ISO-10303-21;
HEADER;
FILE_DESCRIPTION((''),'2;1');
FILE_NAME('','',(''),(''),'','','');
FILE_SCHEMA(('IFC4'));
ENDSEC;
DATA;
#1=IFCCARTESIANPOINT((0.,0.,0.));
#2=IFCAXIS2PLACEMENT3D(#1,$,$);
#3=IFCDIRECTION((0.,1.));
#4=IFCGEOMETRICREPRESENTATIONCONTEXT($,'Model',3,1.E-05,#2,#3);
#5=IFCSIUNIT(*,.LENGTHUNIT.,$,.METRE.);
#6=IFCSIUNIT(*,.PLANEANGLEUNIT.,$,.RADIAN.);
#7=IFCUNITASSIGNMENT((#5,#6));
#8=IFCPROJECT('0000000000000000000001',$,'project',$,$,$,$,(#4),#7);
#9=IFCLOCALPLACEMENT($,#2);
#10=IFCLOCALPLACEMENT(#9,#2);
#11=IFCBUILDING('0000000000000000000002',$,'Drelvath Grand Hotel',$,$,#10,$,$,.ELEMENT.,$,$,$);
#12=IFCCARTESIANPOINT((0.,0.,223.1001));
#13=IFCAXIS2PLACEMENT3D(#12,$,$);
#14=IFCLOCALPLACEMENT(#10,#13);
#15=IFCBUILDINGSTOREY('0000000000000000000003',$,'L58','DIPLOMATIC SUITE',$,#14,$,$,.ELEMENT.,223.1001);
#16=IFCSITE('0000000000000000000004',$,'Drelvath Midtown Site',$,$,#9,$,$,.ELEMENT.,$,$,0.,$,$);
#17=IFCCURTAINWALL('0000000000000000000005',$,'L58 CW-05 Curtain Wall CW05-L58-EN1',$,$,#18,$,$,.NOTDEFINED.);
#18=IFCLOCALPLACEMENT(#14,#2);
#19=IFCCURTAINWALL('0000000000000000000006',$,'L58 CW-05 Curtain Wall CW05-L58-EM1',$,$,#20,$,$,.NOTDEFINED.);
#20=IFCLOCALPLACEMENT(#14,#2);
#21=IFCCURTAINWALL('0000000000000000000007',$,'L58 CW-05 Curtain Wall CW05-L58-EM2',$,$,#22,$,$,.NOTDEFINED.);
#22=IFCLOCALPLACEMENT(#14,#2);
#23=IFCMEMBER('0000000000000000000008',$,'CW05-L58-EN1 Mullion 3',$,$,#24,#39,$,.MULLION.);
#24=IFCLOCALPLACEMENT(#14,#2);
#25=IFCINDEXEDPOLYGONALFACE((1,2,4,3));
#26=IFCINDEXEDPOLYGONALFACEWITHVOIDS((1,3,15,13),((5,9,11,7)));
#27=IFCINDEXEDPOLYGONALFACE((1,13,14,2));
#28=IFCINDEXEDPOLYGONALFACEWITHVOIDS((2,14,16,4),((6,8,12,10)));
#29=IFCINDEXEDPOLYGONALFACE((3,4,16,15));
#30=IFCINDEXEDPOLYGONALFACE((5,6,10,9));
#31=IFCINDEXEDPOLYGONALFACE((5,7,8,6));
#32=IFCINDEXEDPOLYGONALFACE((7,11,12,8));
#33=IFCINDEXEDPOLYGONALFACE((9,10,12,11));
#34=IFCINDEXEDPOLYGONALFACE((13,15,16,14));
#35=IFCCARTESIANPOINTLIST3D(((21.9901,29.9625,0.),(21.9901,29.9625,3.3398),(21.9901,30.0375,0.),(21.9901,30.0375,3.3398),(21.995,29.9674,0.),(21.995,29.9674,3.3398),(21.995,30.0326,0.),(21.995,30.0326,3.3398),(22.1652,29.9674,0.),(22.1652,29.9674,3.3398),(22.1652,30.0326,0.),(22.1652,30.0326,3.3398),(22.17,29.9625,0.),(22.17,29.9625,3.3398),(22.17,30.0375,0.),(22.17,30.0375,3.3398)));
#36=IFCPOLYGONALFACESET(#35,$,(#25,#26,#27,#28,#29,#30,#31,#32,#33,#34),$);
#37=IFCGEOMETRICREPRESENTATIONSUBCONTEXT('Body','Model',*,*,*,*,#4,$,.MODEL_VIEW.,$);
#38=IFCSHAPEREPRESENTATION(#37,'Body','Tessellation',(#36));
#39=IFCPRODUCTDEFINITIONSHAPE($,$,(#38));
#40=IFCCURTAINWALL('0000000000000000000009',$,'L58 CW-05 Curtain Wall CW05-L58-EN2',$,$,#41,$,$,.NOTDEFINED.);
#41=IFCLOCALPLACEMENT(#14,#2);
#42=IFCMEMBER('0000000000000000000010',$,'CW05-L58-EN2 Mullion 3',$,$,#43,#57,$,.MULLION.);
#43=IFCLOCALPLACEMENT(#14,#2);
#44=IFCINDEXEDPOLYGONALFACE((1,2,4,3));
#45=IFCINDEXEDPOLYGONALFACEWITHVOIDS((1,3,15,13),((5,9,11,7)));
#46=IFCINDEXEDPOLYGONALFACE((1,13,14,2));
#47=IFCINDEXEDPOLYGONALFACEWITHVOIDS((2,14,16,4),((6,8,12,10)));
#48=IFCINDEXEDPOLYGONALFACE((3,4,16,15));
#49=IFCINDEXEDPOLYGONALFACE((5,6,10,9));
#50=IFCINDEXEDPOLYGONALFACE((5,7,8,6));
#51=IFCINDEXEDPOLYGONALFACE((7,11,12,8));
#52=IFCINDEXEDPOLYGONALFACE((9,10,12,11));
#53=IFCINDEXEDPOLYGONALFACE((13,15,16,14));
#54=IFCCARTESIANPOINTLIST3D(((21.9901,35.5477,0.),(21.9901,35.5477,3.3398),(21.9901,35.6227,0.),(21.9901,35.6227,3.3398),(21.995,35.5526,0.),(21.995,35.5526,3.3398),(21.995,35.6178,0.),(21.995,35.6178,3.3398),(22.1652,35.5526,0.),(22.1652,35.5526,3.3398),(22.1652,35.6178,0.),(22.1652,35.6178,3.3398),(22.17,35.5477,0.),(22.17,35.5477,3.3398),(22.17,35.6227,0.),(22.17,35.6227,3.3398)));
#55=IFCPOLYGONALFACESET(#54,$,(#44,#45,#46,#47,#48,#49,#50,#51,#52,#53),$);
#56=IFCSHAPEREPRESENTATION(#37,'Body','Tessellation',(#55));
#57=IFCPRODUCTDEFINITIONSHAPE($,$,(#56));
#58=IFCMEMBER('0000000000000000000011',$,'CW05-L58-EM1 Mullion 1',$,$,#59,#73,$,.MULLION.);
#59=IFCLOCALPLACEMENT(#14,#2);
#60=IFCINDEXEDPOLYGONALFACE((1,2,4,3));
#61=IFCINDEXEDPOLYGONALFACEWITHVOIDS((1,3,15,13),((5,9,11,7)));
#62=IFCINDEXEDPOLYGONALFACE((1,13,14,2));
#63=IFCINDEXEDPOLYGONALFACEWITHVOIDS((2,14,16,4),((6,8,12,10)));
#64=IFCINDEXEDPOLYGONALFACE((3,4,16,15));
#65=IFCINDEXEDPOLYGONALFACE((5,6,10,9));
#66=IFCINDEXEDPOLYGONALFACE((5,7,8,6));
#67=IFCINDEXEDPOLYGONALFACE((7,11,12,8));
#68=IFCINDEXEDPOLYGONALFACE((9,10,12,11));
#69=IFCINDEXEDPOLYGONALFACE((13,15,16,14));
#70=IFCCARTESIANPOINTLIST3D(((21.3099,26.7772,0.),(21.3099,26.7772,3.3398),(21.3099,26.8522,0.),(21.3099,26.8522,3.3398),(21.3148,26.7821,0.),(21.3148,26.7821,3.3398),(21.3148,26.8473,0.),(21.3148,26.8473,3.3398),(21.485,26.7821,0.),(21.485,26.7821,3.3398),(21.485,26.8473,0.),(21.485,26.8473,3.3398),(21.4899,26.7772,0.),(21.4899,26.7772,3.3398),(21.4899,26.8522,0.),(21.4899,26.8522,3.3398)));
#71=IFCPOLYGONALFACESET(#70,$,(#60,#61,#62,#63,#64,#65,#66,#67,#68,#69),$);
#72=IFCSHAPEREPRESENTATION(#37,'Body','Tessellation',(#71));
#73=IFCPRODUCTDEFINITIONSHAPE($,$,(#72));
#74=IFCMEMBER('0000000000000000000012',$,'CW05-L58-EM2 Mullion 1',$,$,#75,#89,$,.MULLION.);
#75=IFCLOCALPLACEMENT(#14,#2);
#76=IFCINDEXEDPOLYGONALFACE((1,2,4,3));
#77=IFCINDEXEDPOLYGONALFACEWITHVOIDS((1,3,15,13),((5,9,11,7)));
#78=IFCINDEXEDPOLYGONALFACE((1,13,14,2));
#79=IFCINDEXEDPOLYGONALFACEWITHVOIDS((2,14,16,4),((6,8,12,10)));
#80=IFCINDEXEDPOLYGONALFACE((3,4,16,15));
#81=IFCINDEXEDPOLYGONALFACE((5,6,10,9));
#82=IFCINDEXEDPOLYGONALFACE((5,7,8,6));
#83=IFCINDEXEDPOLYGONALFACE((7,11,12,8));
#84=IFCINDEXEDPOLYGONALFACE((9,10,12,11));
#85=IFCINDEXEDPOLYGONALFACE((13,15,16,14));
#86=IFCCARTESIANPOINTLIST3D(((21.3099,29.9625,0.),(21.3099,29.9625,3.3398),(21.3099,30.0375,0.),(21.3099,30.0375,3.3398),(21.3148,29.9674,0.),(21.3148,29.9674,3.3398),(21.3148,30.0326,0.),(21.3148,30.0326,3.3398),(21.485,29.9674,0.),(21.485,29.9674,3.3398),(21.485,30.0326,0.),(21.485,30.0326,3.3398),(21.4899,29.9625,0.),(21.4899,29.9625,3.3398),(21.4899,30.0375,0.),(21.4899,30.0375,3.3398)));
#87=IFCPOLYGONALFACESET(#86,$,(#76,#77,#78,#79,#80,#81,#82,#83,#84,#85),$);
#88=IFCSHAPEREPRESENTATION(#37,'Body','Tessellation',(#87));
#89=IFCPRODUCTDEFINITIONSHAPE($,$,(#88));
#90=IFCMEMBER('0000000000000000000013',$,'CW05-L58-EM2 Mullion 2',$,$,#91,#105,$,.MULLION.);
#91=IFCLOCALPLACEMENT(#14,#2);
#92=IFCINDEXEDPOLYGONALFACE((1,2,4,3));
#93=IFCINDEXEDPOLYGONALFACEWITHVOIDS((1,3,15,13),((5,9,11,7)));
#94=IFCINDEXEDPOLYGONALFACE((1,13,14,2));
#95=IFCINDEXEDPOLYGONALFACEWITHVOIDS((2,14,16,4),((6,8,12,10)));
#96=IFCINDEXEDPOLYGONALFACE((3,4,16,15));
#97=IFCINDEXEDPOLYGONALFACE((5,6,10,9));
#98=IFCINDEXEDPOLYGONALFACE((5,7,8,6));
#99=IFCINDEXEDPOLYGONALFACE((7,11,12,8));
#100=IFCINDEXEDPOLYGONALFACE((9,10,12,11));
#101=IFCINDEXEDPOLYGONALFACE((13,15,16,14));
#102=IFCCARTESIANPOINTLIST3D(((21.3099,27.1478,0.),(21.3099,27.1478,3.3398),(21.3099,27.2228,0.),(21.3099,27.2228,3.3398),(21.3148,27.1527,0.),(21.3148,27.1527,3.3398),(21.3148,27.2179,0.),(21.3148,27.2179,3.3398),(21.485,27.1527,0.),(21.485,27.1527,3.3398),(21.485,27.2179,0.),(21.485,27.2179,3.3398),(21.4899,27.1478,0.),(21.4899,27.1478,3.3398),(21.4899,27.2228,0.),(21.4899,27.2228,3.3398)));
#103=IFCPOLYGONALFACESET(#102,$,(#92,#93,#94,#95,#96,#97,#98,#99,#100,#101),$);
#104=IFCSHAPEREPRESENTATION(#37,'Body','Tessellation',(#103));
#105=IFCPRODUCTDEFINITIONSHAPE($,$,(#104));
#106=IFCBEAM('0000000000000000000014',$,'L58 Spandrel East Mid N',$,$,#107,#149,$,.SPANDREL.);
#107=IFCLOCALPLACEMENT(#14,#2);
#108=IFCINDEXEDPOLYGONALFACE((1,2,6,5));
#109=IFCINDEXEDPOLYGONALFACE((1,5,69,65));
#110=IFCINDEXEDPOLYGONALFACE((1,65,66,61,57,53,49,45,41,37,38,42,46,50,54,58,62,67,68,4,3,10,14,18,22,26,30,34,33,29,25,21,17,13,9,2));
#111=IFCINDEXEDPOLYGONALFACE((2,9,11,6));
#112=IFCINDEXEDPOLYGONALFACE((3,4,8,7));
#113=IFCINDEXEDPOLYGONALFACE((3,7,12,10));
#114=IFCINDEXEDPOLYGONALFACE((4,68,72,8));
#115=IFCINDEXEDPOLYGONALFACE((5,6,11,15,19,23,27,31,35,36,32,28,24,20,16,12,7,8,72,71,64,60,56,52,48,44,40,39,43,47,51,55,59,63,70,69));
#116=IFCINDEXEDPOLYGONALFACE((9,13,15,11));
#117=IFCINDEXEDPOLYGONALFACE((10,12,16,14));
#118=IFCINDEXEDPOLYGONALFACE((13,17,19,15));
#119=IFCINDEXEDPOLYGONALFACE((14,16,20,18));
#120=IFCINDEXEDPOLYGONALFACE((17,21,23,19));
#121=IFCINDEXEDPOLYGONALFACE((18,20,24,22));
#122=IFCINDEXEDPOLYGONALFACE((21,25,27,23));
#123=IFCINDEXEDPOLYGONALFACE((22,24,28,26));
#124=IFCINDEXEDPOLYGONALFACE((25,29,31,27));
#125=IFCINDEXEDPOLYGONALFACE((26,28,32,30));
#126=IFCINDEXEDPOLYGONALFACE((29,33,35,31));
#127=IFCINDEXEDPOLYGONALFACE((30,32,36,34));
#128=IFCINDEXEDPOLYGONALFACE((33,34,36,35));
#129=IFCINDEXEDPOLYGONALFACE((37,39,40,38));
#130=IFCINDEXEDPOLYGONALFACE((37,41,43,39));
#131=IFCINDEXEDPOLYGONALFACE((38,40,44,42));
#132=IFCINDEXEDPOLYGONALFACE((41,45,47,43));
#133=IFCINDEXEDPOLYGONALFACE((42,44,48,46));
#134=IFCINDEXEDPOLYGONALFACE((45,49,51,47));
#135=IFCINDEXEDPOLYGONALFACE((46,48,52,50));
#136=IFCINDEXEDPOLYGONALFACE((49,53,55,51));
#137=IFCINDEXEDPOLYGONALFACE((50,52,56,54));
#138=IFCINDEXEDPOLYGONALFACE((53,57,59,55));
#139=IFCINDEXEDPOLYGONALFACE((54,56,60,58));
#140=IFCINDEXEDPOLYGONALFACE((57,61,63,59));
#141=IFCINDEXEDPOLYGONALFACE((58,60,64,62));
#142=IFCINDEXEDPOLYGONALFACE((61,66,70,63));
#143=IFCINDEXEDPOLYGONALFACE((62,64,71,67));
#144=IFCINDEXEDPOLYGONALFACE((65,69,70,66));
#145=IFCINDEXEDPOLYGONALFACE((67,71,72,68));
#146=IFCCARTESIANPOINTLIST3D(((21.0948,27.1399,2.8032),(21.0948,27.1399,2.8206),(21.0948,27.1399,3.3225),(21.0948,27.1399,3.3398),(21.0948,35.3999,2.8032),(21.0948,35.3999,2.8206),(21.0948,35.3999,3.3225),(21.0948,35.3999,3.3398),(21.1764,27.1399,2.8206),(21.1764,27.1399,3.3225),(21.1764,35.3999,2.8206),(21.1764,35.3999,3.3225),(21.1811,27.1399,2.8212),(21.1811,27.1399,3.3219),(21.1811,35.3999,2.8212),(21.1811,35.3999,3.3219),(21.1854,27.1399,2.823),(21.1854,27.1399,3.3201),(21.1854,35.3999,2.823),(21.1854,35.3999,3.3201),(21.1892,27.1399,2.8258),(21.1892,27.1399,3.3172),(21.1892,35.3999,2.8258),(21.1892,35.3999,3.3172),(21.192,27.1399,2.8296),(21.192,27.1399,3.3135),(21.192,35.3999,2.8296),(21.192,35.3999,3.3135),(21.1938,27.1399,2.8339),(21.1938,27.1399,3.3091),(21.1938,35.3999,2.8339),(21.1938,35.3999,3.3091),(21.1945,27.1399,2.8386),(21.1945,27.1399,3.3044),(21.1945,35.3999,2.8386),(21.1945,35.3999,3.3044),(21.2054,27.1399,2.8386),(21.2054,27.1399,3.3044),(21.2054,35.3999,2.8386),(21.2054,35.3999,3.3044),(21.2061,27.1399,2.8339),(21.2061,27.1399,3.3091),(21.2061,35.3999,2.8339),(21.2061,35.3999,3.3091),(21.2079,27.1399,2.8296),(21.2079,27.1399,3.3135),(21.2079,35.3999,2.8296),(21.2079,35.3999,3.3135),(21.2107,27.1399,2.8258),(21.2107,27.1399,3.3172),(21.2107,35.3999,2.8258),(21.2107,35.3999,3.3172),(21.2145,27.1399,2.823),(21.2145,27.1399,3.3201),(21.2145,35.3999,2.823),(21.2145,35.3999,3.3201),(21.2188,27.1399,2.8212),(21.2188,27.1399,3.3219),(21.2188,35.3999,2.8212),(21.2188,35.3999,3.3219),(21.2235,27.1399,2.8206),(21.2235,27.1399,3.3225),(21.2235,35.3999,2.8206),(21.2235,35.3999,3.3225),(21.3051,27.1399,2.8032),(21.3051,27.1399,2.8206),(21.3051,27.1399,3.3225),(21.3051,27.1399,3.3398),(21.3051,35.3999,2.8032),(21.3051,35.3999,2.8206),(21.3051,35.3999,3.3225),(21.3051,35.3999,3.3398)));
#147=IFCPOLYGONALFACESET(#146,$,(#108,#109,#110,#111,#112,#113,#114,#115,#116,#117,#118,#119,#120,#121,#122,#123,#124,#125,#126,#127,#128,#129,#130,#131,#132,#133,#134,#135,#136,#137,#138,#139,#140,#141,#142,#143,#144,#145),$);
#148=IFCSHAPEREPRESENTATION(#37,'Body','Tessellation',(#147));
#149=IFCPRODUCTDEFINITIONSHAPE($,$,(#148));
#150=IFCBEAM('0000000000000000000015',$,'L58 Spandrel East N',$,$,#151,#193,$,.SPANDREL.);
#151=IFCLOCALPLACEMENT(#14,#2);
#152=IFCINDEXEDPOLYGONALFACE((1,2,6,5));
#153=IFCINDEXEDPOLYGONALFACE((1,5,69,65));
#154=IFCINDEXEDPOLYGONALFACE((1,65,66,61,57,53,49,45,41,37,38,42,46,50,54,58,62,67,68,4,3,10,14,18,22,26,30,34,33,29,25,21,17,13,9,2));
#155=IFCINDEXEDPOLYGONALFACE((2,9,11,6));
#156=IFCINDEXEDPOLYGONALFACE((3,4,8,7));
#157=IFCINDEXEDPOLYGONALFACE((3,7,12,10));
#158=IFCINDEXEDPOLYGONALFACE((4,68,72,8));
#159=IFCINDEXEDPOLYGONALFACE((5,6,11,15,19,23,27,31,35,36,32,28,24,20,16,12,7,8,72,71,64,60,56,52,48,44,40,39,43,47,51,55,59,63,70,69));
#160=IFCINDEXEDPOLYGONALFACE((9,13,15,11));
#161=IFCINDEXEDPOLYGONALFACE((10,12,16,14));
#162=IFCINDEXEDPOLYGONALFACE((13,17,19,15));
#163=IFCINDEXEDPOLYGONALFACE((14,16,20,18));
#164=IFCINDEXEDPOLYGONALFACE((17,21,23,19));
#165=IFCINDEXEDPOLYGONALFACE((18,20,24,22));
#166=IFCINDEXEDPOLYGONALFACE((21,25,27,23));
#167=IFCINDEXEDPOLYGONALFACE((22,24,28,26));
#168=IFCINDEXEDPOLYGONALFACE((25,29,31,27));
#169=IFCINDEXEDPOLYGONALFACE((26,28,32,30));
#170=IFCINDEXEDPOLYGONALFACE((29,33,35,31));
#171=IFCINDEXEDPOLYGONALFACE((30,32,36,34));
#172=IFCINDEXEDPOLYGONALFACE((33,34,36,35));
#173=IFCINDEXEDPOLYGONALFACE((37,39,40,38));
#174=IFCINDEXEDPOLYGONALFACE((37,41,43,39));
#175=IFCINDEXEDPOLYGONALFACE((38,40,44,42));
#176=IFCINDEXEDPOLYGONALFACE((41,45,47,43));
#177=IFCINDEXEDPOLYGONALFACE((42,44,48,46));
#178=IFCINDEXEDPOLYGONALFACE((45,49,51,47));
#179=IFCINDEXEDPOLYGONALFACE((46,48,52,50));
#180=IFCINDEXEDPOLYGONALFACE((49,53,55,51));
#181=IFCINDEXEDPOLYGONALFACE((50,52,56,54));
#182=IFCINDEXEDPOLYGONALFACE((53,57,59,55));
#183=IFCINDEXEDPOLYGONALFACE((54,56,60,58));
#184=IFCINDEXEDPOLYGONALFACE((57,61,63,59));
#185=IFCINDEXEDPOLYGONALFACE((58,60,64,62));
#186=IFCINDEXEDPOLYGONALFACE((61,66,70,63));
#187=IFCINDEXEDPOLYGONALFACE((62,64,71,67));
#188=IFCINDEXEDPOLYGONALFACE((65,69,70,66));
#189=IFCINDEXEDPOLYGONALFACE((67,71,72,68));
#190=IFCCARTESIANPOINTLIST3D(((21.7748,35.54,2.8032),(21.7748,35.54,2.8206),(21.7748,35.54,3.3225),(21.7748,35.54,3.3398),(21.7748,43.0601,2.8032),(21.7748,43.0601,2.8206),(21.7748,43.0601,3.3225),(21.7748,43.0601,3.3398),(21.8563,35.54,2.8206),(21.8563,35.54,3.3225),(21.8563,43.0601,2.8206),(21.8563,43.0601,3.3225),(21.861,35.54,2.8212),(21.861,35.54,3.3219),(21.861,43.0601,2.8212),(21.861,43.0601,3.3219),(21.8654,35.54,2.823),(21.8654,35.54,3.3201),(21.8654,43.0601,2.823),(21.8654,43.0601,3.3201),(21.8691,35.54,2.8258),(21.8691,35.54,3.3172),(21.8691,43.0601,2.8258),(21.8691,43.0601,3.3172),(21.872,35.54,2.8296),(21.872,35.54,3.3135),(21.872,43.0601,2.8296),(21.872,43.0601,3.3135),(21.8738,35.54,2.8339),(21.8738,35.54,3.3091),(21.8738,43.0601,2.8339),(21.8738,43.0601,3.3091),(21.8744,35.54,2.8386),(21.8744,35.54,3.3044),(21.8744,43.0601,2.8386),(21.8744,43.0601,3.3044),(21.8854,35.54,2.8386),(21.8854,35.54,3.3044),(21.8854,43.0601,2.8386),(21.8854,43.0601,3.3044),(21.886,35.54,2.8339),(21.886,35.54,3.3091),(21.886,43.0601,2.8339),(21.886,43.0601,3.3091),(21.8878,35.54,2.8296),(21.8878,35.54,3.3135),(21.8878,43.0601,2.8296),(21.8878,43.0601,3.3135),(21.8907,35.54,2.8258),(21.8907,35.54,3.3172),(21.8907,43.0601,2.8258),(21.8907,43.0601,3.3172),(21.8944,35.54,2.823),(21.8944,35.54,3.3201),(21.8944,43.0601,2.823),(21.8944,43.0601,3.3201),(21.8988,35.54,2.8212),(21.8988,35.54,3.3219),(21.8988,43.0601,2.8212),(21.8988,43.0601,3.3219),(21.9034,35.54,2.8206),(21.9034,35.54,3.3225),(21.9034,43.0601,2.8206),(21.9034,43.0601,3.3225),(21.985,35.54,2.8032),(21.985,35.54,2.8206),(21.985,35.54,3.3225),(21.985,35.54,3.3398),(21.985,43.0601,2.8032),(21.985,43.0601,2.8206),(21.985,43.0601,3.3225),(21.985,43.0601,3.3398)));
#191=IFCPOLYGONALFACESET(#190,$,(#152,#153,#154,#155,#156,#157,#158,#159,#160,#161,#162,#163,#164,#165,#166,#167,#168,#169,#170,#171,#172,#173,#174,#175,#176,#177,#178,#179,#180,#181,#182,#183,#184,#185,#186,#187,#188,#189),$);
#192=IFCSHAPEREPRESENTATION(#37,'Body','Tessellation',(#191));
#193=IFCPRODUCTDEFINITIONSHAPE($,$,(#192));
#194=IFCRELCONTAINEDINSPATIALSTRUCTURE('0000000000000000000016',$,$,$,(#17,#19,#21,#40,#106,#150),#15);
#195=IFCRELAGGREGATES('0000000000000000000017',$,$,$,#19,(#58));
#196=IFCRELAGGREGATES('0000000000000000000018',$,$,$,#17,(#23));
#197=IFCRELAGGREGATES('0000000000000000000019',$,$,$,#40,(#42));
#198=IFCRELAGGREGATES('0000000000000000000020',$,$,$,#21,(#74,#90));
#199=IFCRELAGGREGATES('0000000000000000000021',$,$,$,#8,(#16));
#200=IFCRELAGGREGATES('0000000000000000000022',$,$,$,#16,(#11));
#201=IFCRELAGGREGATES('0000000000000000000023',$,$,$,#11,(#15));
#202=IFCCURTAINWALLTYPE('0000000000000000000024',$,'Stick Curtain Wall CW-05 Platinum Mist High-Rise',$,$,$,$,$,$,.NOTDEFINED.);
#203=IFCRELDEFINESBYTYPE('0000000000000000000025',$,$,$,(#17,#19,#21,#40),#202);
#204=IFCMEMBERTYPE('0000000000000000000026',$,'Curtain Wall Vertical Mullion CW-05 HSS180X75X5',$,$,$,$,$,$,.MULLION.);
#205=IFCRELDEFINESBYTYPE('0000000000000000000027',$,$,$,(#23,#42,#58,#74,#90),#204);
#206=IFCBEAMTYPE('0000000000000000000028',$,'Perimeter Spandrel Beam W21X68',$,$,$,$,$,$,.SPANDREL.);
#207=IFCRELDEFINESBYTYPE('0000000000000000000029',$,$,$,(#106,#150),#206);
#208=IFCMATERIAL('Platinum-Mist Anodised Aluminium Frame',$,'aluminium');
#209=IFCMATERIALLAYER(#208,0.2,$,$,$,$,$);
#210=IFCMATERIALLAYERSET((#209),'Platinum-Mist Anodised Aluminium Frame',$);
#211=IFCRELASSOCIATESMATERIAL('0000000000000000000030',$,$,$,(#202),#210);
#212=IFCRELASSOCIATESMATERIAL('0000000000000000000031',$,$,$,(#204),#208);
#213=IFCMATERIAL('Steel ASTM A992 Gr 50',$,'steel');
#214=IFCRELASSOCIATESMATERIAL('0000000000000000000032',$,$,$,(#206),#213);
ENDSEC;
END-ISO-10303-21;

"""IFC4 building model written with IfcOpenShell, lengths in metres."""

from ifc_helpers import new_model, si_unit, direction, frame, origin, origin_2d, place, context, subcontext, project, spatial, hollow_rectangle, i_section, extrude, material, layer, layer_set, material_profile, profile_set, type_object, element, aggregate, save


model = new_model("IFC4")

# Units and contexts
model_context = context("Model", 3, precision=1e-05, world=origin(), true_north=direction((0.0, 1.0)))
body_context = subcontext(model_context, "Body", "Model", "MODEL_VIEW")
ifc_project = project(units=[si_unit("LENGTHUNIT", "METRE"), si_unit("PLANEANGLEUNIT", "RADIAN")], contexts=[model_context])

# Site, building, storey
site_placement = place(None, origin())
site = spatial("IfcSite", under=ifc_project, at=site_placement, Name="Drelvath Midtown Site", CompositionType="ELEMENT", RefElevation=0.0)
building_placement = place(site_placement, origin())
building = spatial("IfcBuilding", under=site, at=building_placement, Name="Drelvath Grand Hotel", CompositionType="ELEMENT")
storey_placement = place(building_placement, frame((0.0, 0.0, 223.1001)))
storey = spatial("IfcBuildingStorey", under=building, at=storey_placement, Name="L58", Description="DIPLOMATIC SUITE", CompositionType="ELEMENT", Elevation=223.1001)

# Curtain walls
ifc_material_1 = material(Name="Platinum-Mist Anodised Aluminium Frame", Category="aluminium")
ifc_layer_1 = layer(ifc_material_1, 0.2)
ifc_layer_set_1 = layer_set([ifc_layer_1], Name="Platinum-Mist Anodised Aluminium Frame")
curtain_wall_type = type_object("IfcCurtainWallType", Name="Stick Curtain Wall CW-05 Platinum Mist High-Rise", PredefinedType="NOTDEFINED", material=ifc_layer_set_1)
curtain_wall_1_placement = place(storey_placement, origin())
curtain_wall_1 = element("IfcCurtainWall", 1, at=curtain_wall_1_placement, inside=storey, type_object=curtain_wall_type, Name="L58 CW-05 Curtain Wall CW05-L58-EN1", PredefinedType="NOTDEFINED")
curtain_wall_2_placement = place(storey_placement, origin())
curtain_wall_2 = element("IfcCurtainWall", 2, at=curtain_wall_2_placement, inside=storey, type_object=curtain_wall_type, Name="L58 CW-05 Curtain Wall CW05-L58-EM1", PredefinedType="NOTDEFINED")
curtain_wall_3_placement = place(storey_placement, origin())
curtain_wall_3 = element("IfcCurtainWall", 3, at=curtain_wall_3_placement, inside=storey, type_object=curtain_wall_type, Name="L58 CW-05 Curtain Wall CW05-L58-EM2", PredefinedType="NOTDEFINED")

# Member
ifc_material_profile_1 = material_profile(ifc_material_1, hollow_rectangle(XDim=0.075, YDim=0.1799, WallThickness=0.0049, at=origin_2d()), Name="HSS180X75X5")
ifc_profile_set_1 = profile_set([ifc_material_profile_1], Name="Platinum-Mist Anodised Aluminium Frame")
member_type_1 = type_object("IfcMemberType", Name="Curtain Wall Vertical Mullion CW-05 HSS180X75X5", PredefinedType="MULLION", material=ifc_profile_set_1)
member_1_placement = place(storey_placement, frame((22.0801, 30.0, 0.0), z_axis=(0.0, 0.0, 1.0), x_axis=(0.0, 1.0, 0.0)))
member_1 = element("IfcMember", 4, at=member_1_placement, type_object=member_type_1, Name="CW05-L58-EN1 Mullion 3", PredefinedType="MULLION", context=body_context, shape_type="SweptSolid", body=[
    extrude(hollow_rectangle(XDim=0.075, YDim=0.1799, WallThickness=0.0049, at=origin_2d()), origin(), (0.0, 0.0, 1.0), 3.3398),
])

# Curtain wall, member
curtain_wall_4_placement = place(storey_placement, origin())
curtain_wall_4 = element("IfcCurtainWall", 5, at=curtain_wall_4_placement, inside=storey, type_object=curtain_wall_type, Name="L58 CW-05 Curtain Wall CW05-L58-EN2", PredefinedType="NOTDEFINED")
member_2_placement = place(storey_placement, frame((22.0801, 35.5852, 0.0), z_axis=(0.0, 0.0, 1.0), x_axis=(0.0, 1.0, 0.0)))
member_2 = element("IfcMember", 6, at=member_2_placement, type_object=member_type_1, Name="CW05-L58-EN2 Mullion 3", PredefinedType="MULLION", context=body_context, shape_type="SweptSolid", body=[
    extrude(hollow_rectangle(XDim=0.075, YDim=0.1799, WallThickness=0.0049, at=origin_2d()), origin(), (0.0, 0.0, 1.0), 3.3398),
])

# Members
member_3_placement = place(storey_placement, frame((21.3999, 26.8147, 0.0), z_axis=(0.0, 0.0, 1.0), x_axis=(0.0, 1.0, 0.0)))
member_3 = element("IfcMember", 7, at=member_3_placement, type_object=member_type_1, Name="CW05-L58-EM1 Mullion 1", PredefinedType="MULLION", context=body_context, shape_type="SweptSolid", body=[
    extrude(hollow_rectangle(XDim=0.075, YDim=0.1799, WallThickness=0.0049, at=origin_2d()), origin(), (0.0, 0.0, 1.0), 3.3398),
])
aggregate(curtain_wall_2, [member_3])
member_4_placement = place(storey_placement, frame((21.3999, 30.0, 0.0), z_axis=(0.0, 0.0, 1.0), x_axis=(0.0, 1.0, 0.0)))
member_4 = element("IfcMember", 8, at=member_4_placement, type_object=member_type_1, Name="CW05-L58-EM2 Mullion 1", PredefinedType="MULLION", context=body_context, shape_type="SweptSolid", body=[
    extrude(hollow_rectangle(XDim=0.075, YDim=0.1799, WallThickness=0.0049, at=origin_2d()), origin(), (0.0, 0.0, 1.0), 3.3398),
])
member_5_placement = place(storey_placement, frame((21.3999, 27.1853, 0.0), z_axis=(0.0, 0.0, 1.0), x_axis=(0.0, 1.0, 0.0)))
member_5 = element("IfcMember", 9, at=member_5_placement, type_object=member_type_1, Name="CW05-L58-EM2 Mullion 2", PredefinedType="MULLION", context=body_context, shape_type="SweptSolid", body=[
    extrude(hollow_rectangle(XDim=0.075, YDim=0.1799, WallThickness=0.0049, at=origin_2d()), origin(), (0.0, 0.0, 1.0), 3.3398),
])

# Beams
ifc_material_2 = material(Name="Steel ASTM A992 Gr 50", Category="steel")
ifc_material_profile_2 = material_profile(ifc_material_2, i_section(OverallWidth=0.2102, OverallDepth=0.5366, WebThickness=0.011, FlangeThickness=0.0173, FilletRadius=0.0181, at=origin_2d()), Name="W21X68")
ifc_profile_set_2 = profile_set([ifc_material_profile_2], Name="Steel ASTM A992 Gr 50")
beam_type_1 = type_object("IfcBeamType", Name="Perimeter Spandrel Beam W21X68", PredefinedType="SPANDREL", material=ifc_profile_set_2)
beam_1_placement = place(storey_placement, frame((21.2, 27.1399, 3.0715), z_axis=(0.0, 1.0, 0.0), x_axis=(-1.0, 0.0, 0.0)))
element("IfcBeam", 10, at=beam_1_placement, inside=storey, type_object=beam_type_1, Name="L58 Spandrel East Mid N", PredefinedType="SPANDREL", context=body_context, shape_type="SweptSolid", body=[
    extrude(i_section(OverallWidth=0.2102, OverallDepth=0.5366, WebThickness=0.011, FlangeThickness=0.0173, FilletRadius=0.0181, at=origin_2d()), origin(), (0.0, 0.0, 1.0), 8.26),
])
beam_2_placement = place(storey_placement, frame((21.8799, 35.54, 3.0715), z_axis=(0.0, 1.0, 0.0), x_axis=(-1.0, 0.0, 0.0)))
element("IfcBeam", 11, at=beam_2_placement, inside=storey, type_object=beam_type_1, Name="L58 Spandrel East N", PredefinedType="SPANDREL", context=body_context, shape_type="SweptSolid", body=[
    extrude(i_section(OverallWidth=0.2102, OverallDepth=0.5366, WebThickness=0.011, FlangeThickness=0.0173, FilletRadius=0.0181, at=origin_2d()), origin(), (0.0, 0.0, 1.0), 7.52),
])

aggregate(curtain_wall_1, [member_1])
aggregate(curtain_wall_4, [member_2])
aggregate(curtain_wall_3, [member_4, member_5])

save(model, "model.ifc")
